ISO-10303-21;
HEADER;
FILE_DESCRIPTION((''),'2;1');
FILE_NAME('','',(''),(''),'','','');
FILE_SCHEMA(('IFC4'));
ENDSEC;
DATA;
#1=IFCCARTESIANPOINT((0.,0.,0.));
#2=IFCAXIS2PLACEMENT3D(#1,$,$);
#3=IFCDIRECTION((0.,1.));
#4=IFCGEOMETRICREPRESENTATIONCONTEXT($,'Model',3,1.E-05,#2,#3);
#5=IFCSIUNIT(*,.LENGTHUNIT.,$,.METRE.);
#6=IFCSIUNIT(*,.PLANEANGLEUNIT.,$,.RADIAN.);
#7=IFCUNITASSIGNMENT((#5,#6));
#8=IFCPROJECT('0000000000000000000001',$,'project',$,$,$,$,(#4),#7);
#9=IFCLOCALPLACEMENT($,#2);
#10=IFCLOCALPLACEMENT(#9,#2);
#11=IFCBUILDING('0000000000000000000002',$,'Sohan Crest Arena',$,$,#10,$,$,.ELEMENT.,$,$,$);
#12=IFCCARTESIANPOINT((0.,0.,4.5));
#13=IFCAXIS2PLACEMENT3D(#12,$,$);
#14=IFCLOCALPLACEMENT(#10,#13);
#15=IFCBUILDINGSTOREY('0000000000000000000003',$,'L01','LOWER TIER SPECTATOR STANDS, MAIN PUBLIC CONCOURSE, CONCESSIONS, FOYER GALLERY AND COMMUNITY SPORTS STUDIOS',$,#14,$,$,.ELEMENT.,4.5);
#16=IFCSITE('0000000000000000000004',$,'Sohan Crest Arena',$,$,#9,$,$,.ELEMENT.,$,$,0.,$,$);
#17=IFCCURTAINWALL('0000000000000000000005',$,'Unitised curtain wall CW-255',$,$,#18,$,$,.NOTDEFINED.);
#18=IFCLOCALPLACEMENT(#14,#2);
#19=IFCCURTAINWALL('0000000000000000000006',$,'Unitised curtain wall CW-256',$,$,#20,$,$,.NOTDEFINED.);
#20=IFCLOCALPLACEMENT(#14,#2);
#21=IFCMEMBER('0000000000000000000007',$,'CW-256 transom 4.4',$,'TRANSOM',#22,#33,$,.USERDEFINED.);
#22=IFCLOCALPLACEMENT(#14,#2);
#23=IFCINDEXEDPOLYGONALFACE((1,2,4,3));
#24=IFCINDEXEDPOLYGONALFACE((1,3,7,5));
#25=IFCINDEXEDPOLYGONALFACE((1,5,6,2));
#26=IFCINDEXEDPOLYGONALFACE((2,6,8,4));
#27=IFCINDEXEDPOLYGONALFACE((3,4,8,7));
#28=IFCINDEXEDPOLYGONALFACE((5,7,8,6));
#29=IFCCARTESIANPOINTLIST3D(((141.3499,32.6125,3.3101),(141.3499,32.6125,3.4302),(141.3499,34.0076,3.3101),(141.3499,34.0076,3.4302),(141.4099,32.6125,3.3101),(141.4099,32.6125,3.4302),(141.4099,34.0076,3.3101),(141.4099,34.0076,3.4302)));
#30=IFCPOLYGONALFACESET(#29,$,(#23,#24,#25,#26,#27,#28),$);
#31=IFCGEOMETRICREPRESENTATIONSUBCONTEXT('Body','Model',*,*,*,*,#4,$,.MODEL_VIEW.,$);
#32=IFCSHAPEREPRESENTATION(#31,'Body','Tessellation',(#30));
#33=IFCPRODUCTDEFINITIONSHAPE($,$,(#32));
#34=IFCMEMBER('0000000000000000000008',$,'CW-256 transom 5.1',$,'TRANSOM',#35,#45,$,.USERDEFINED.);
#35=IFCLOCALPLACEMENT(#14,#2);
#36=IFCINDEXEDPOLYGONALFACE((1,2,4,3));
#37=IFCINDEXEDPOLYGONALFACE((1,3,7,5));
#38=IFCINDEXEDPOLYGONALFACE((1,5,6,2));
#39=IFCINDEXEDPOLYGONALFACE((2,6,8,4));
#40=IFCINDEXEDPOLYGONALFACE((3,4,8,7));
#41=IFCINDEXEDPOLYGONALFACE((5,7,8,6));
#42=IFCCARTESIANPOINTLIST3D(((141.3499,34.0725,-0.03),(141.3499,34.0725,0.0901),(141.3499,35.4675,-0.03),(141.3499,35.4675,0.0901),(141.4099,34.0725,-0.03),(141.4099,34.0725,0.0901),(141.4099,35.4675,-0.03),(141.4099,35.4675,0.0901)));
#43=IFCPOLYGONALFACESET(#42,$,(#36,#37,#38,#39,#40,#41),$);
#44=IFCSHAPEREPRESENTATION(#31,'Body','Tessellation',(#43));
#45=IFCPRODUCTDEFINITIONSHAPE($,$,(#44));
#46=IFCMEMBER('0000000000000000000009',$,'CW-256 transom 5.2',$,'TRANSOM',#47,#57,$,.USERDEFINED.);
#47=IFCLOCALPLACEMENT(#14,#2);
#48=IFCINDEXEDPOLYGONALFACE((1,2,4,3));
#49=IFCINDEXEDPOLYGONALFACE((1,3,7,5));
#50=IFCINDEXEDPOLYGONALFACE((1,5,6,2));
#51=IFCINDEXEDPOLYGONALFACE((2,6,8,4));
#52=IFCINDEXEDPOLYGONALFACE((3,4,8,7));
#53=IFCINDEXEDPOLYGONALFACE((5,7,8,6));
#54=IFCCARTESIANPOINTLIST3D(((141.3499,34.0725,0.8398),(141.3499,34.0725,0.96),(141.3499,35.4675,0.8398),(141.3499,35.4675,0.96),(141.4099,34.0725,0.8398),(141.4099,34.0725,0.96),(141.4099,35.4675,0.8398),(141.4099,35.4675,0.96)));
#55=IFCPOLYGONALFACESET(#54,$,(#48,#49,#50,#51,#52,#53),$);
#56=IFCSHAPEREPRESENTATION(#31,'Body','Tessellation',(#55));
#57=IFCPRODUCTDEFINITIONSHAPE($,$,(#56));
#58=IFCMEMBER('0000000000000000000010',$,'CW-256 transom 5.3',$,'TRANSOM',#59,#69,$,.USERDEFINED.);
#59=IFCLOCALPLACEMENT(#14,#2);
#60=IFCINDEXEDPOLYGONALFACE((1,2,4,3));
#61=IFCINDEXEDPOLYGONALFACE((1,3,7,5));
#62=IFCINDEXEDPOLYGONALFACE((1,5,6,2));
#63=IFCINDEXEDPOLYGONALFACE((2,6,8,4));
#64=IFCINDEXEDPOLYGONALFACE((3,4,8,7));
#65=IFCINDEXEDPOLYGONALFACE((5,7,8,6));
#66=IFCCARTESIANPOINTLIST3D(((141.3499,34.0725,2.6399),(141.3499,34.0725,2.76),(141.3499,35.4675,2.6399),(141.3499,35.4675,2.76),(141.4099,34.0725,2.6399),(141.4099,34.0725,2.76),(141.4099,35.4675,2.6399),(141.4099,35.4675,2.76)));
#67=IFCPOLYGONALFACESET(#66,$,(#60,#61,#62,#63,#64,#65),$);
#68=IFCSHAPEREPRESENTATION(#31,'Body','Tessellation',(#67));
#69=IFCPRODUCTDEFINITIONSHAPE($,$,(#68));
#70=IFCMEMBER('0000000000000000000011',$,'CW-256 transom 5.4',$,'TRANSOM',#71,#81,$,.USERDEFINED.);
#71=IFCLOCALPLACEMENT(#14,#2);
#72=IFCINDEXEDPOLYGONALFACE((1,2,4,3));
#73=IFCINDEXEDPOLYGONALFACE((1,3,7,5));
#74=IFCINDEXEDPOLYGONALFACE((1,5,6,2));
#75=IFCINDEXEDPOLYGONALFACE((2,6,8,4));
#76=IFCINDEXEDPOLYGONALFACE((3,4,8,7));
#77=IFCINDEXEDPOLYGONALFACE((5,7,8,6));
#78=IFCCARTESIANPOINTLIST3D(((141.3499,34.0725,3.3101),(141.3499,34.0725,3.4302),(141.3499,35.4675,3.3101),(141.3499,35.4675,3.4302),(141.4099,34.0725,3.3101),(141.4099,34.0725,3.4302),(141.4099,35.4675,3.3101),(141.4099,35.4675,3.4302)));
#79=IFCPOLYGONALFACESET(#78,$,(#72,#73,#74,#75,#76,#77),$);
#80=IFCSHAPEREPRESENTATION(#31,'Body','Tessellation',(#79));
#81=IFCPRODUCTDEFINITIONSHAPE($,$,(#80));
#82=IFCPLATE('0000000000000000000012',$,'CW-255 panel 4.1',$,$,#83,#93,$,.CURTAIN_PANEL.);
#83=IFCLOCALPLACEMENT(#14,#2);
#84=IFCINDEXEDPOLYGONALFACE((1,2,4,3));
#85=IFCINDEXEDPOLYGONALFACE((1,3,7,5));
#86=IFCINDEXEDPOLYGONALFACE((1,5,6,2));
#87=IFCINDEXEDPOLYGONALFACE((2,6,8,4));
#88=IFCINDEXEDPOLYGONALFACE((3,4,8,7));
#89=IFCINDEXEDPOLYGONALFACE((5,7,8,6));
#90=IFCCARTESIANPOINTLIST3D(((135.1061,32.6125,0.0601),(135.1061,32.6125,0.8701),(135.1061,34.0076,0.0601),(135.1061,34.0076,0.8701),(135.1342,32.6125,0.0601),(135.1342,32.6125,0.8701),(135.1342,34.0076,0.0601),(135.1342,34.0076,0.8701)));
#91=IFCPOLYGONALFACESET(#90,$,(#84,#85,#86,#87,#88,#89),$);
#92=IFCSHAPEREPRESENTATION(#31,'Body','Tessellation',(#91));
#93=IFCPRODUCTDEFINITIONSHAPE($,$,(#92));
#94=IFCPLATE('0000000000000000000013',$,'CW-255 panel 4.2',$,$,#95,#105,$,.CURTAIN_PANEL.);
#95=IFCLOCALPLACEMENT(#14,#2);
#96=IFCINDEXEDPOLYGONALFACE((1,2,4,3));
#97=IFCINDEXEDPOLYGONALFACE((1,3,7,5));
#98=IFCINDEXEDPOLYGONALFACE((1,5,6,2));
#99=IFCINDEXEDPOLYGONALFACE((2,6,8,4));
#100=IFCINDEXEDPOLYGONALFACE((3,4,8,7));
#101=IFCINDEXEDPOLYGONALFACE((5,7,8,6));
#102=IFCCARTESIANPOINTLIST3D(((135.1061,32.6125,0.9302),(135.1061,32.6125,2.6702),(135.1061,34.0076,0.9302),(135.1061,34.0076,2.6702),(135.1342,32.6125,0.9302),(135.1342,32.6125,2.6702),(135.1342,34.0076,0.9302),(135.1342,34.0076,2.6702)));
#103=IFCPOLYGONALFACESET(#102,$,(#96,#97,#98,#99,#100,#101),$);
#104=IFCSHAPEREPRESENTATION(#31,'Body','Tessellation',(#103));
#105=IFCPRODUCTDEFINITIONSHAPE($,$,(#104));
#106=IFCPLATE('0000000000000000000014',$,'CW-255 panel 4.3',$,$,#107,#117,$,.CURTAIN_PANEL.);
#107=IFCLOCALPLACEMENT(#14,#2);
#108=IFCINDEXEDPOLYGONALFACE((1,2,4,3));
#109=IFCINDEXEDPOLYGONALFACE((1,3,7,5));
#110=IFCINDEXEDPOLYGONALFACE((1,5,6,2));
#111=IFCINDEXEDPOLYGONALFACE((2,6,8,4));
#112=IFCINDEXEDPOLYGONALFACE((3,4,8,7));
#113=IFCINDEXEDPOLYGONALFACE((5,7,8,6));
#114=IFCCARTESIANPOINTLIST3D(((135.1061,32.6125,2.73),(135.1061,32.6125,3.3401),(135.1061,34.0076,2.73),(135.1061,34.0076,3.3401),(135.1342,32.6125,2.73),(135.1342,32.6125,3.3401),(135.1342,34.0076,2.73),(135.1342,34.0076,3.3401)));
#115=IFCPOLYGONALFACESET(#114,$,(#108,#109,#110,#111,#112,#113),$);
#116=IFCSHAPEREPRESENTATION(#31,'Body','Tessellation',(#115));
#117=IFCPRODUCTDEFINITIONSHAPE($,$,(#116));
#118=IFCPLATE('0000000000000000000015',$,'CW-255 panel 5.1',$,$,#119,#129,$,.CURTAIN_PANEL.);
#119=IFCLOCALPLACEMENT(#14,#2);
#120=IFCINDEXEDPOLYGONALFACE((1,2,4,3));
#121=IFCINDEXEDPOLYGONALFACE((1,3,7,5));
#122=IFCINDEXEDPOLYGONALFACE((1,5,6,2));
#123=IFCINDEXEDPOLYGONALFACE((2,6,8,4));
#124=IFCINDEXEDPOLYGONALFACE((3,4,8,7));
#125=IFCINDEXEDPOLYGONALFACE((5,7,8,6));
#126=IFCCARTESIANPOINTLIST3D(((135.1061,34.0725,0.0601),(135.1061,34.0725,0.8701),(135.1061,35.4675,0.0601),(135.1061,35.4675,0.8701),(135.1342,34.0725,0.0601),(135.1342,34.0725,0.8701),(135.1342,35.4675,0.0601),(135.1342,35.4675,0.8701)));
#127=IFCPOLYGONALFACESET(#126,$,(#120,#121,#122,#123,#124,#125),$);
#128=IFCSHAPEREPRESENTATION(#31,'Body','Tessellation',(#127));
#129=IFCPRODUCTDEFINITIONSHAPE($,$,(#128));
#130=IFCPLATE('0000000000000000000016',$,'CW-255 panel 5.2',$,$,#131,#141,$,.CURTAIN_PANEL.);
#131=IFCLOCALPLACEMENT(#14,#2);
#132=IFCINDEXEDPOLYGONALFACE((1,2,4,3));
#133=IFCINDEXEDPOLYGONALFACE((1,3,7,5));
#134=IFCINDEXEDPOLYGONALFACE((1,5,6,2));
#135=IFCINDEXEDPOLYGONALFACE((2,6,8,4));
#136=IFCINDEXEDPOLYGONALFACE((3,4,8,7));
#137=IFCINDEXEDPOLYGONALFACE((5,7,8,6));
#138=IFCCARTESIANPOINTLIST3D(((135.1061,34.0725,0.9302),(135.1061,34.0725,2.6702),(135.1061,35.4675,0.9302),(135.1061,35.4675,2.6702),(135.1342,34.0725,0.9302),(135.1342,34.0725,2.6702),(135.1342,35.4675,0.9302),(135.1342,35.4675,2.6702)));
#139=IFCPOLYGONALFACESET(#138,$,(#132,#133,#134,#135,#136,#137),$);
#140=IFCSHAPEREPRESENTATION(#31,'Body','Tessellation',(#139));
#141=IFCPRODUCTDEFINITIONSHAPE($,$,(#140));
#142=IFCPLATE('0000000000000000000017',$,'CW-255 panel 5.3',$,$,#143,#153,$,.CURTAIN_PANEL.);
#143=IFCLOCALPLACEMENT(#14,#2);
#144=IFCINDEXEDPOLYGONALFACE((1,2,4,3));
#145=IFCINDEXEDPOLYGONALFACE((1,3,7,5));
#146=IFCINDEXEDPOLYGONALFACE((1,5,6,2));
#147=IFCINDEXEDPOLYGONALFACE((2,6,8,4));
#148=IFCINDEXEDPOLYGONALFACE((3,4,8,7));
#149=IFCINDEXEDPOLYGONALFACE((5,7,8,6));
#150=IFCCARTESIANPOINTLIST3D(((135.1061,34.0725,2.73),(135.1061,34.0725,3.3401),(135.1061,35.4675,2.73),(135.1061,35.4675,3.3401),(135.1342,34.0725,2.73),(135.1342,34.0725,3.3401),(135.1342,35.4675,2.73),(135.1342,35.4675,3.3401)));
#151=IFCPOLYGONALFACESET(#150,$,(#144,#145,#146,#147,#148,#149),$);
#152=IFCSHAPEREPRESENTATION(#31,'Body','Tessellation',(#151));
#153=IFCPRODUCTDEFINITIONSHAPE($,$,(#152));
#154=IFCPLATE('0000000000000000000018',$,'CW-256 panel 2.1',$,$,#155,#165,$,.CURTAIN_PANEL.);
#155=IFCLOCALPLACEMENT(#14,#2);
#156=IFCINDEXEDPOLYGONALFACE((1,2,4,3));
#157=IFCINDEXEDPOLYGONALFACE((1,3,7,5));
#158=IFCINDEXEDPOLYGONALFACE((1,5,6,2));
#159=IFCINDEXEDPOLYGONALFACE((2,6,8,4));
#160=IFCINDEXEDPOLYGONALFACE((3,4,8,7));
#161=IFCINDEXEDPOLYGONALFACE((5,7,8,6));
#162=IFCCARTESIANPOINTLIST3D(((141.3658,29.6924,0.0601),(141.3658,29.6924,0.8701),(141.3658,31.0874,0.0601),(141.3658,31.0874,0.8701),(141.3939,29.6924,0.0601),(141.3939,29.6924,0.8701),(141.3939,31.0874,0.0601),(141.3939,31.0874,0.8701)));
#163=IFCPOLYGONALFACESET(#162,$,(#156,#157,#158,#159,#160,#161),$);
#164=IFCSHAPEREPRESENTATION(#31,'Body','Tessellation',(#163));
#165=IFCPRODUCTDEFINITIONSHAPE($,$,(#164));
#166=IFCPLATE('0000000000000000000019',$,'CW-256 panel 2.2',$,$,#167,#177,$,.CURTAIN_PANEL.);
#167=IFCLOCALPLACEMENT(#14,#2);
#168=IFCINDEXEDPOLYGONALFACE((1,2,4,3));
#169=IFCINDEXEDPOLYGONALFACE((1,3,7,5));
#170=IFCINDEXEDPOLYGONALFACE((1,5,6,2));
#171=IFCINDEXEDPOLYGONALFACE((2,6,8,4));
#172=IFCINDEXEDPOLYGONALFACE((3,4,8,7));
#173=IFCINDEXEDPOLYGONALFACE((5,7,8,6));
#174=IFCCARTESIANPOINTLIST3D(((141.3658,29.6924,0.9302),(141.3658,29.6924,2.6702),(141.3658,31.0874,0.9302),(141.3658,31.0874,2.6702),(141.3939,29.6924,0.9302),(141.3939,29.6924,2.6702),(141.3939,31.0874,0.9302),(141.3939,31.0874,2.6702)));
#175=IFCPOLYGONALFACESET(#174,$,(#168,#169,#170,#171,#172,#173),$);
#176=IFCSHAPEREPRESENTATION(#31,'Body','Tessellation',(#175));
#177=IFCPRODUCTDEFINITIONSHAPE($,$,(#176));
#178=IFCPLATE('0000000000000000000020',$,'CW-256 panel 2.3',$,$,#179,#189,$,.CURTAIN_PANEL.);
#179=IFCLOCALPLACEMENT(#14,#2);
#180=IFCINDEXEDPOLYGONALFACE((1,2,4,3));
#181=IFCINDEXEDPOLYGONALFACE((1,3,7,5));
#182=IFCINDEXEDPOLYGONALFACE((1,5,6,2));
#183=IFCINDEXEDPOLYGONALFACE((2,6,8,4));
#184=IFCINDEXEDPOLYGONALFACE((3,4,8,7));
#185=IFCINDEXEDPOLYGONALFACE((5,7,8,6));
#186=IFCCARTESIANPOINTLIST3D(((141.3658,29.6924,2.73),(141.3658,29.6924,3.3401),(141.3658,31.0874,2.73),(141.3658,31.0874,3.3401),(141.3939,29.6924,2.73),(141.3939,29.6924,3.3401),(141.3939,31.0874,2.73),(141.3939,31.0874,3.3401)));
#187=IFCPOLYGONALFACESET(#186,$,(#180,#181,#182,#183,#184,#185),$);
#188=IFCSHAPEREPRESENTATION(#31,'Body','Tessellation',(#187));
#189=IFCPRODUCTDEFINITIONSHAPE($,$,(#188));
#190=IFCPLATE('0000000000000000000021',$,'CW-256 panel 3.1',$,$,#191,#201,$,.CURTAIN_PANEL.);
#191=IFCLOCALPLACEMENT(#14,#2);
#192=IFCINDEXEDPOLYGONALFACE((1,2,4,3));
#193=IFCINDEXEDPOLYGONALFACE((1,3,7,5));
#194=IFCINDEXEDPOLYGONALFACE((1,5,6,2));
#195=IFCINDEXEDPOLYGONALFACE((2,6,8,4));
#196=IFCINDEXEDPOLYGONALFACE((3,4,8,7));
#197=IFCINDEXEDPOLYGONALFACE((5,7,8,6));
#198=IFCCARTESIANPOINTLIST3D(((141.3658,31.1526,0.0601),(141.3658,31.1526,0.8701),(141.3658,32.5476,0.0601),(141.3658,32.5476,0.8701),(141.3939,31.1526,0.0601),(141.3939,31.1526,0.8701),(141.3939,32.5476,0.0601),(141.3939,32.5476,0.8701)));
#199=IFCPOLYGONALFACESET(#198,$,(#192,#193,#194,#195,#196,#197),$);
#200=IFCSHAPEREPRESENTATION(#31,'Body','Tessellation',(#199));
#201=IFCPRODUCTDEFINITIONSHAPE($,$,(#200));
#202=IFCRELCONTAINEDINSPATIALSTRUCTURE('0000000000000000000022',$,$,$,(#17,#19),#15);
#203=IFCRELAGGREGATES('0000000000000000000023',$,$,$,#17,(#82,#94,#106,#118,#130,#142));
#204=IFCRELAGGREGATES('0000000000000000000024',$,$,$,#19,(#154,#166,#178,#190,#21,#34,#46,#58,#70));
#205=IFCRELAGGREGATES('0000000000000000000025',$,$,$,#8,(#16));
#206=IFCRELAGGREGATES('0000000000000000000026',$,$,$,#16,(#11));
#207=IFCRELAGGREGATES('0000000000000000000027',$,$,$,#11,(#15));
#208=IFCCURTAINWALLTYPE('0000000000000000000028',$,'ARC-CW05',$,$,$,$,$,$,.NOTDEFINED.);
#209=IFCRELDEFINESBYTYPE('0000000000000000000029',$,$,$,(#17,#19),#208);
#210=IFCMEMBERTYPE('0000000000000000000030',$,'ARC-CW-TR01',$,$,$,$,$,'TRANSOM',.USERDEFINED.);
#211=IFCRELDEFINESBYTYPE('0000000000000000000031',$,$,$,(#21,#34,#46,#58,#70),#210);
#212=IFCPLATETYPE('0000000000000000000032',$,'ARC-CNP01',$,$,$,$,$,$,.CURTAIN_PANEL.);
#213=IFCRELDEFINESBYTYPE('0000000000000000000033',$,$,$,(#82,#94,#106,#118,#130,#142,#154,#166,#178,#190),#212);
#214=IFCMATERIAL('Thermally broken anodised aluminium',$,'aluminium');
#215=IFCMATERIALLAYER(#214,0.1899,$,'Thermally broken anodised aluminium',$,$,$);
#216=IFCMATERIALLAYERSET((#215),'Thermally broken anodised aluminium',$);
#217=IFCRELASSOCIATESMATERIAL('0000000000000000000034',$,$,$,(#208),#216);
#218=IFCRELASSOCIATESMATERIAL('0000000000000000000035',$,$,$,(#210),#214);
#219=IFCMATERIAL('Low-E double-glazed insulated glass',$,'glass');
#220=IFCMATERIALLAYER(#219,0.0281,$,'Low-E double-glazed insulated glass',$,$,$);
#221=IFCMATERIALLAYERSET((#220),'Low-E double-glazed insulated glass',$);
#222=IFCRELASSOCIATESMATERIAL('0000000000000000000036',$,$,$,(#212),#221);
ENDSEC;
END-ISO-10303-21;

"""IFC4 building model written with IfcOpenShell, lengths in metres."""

from ifc_helpers import new_model, si_unit, direction, frame, origin, origin_2d, place, context, subcontext, project, spatial, rectangle, extrude, material, layer, layer_set, material_profile, profile_set, type_object, element, aggregate, save


model = new_model("IFC4")

# Units and contexts
model_context = context("Model", 3, precision=1e-05, world=origin(), true_north=direction((0.0, 1.0)))
body_context = subcontext(model_context, "Body", "Model", "MODEL_VIEW")
ifc_project = project(units=[si_unit("LENGTHUNIT", "METRE"), si_unit("PLANEANGLEUNIT", "RADIAN")], contexts=[model_context])

# Site, building, storey
site_placement = place(None, origin())
site = spatial("IfcSite", under=ifc_project, at=site_placement, Name="Sohan Crest Arena", CompositionType="ELEMENT", RefElevation=0.0)
building_placement = place(site_placement, origin())
building = spatial("IfcBuilding", under=site, at=building_placement, Name="Sohan Crest Arena", CompositionType="ELEMENT")
storey_placement = place(building_placement, frame((0.0, 0.0, 4.5)))
storey = spatial("IfcBuildingStorey", under=building, at=storey_placement, Name="L01", Description="LOWER TIER SPECTATOR STANDS, MAIN PUBLIC CONCOURSE, CONCESSIONS, FOYER GALLERY AND COMMUNITY SPORTS STUDIOS", CompositionType="ELEMENT", Elevation=4.5)

# Curtain wall
ifc_material_1 = material(Name="Thermally broken anodised aluminium", Category="aluminium")
ifc_layer_1 = layer(ifc_material_1, 0.1899, Name="Thermally broken anodised aluminium")
ifc_layer_set_1 = layer_set([ifc_layer_1], Name="Thermally broken anodised aluminium")
curtain_wall_type = type_object("IfcCurtainWallType", Name="ARC-CW05", PredefinedType="NOTDEFINED", material=ifc_layer_set_1)
curtain_wall_1_placement = place(storey_placement, origin())
curtain_wall_1 = element("IfcCurtainWall", 1, at=curtain_wall_1_placement, inside=storey, type_object=curtain_wall_type, Name="Unitised curtain wall CW-255", PredefinedType="NOTDEFINED")

# Curtain wall
curtain_wall_2_placement = place(storey_placement, origin())
curtain_wall_2 = element("IfcCurtainWall", 2, at=curtain_wall_2_placement, inside=storey, type_object=curtain_wall_type, Name="Unitised curtain wall CW-256", PredefinedType="NOTDEFINED")

# Members
ifc_material_profile_1 = material_profile(ifc_material_1, rectangle(XDim=0.0601, YDim=0.1201, at=origin_2d()), Name="ALU-TRAN 60x120")
ifc_profile_set_1 = profile_set([ifc_material_profile_1], Name="Thermally broken anodised aluminium")
member_type_1 = type_object("IfcMemberType", Name="ARC-CW-TR01", ElementType="TRANSOM", PredefinedType="USERDEFINED", material=ifc_profile_set_1)
member_1_placement = place(storey_placement, frame((141.3799, 32.6125, 3.3701), z_axis=(0.0, 1.0, 0.0), x_axis=(-1.0, 0.0, 0.0)))
member_1 = element("IfcMember", 3, at=member_1_placement, type_object=member_type_1, Name="CW-256 transom 4.4", ObjectType="TRANSOM", PredefinedType="USERDEFINED", context=body_context, shape_type="SweptSolid", body=[
    extrude(rectangle(XDim=0.0601, YDim=0.1201, at=origin_2d()), origin(), (0.0, 0.0, 1.0), 1.395),
])
member_2_placement = place(storey_placement, frame((141.3799, 34.0725, 0.03), z_axis=(0.0, 1.0, 0.0), x_axis=(-1.0, 0.0, 0.0)))
member_2 = element("IfcMember", 4, at=member_2_placement, type_object=member_type_1, Name="CW-256 transom 5.1", ObjectType="TRANSOM", PredefinedType="USERDEFINED", context=body_context, shape_type="SweptSolid", body=[
    extrude(rectangle(XDim=0.0601, YDim=0.1201, at=origin_2d()), origin(), (0.0, 0.0, 1.0), 1.395),
])
member_3_placement = place(storey_placement, frame((141.3799, 34.0725, 0.8999), z_axis=(0.0, 1.0, 0.0), x_axis=(-1.0, 0.0, 0.0)))
member_3 = element("IfcMember", 5, at=member_3_placement, type_object=member_type_1, Name="CW-256 transom 5.2", ObjectType="TRANSOM", PredefinedType="USERDEFINED", context=body_context, shape_type="SweptSolid", body=[
    extrude(rectangle(XDim=0.0601, YDim=0.1201, at=origin_2d()), origin(), (0.0, 0.0, 1.0), 1.395),
])
member_4_placement = place(storey_placement, frame((141.3799, 34.0725, 2.7), z_axis=(0.0, 1.0, 0.0), x_axis=(-1.0, 0.0, 0.0)))
member_4 = element("IfcMember", 6, at=member_4_placement, type_object=member_type_1, Name="CW-256 transom 5.3", ObjectType="TRANSOM", PredefinedType="USERDEFINED", context=body_context, shape_type="SweptSolid", body=[
    extrude(rectangle(XDim=0.0601, YDim=0.1201, at=origin_2d()), origin(), (0.0, 0.0, 1.0), 1.395),
])
member_5_placement = place(storey_placement, frame((141.3799, 34.0725, 3.3701), z_axis=(0.0, 1.0, 0.0), x_axis=(-1.0, 0.0, 0.0)))
member_5 = element("IfcMember", 7, at=member_5_placement, type_object=member_type_1, Name="CW-256 transom 5.4", ObjectType="TRANSOM", PredefinedType="USERDEFINED", context=body_context, shape_type="SweptSolid", body=[
    extrude(rectangle(XDim=0.0601, YDim=0.1201, at=origin_2d()), origin(), (0.0, 0.0, 1.0), 1.395),
])

# Plates
ifc_material_2 = material(Name="Low-E double-glazed insulated glass", Category="glass")
ifc_layer_2 = layer(ifc_material_2, 0.0281, Name="Low-E double-glazed insulated glass")
ifc_layer_set_2 = layer_set([ifc_layer_2], Name="Low-E double-glazed insulated glass")
plate_type = type_object("IfcPlateType", Name="ARC-CNP01", PredefinedType="CURTAIN_PANEL", material=ifc_layer_set_2)
plate_1_placement = place(storey_placement, frame((135.1201, 33.3101, 0.0601), z_axis=(0.0, 0.0, 1.0), x_axis=(0.0, 1.0, 0.0)))
plate_1 = element("IfcPlate", 8, at=plate_1_placement, type_object=plate_type, Name="CW-255 panel 4.1", PredefinedType="CURTAIN_PANEL", context=body_context, shape_type="SweptSolid", body=[
    extrude(rectangle(XDim=1.395, YDim=0.0281, at=origin_2d()), origin(), (0.0, 0.0, 1.0), 0.8101),
])
plate_2_placement = place(storey_placement, frame((135.1201, 33.3101, 0.9302), z_axis=(0.0, 0.0, 1.0), x_axis=(0.0, 1.0, 0.0)))
plate_2 = element("IfcPlate", 9, at=plate_2_placement, type_object=plate_type, Name="CW-255 panel 4.2", PredefinedType="CURTAIN_PANEL", context=body_context, shape_type="SweptSolid", body=[
    extrude(rectangle(XDim=1.395, YDim=0.0281, at=origin_2d()), origin(), (0.0, 0.0, 1.0), 1.74),
])
plate_3_placement = place(storey_placement, frame((135.1201, 33.3101, 2.73), z_axis=(0.0, 0.0, 1.0), x_axis=(0.0, 1.0, 0.0)))
plate_3 = element("IfcPlate", 10, at=plate_3_placement, type_object=plate_type, Name="CW-255 panel 4.3", PredefinedType="CURTAIN_PANEL", context=body_context, shape_type="SweptSolid", body=[
    extrude(rectangle(XDim=1.395, YDim=0.0281, at=origin_2d()), origin(), (0.0, 0.0, 1.0), 0.6101),
])
plate_4_placement = place(storey_placement, frame((135.1201, 34.77, 0.0601), z_axis=(0.0, 0.0, 1.0), x_axis=(0.0, 1.0, 0.0)))
plate_4 = element("IfcPlate", 11, at=plate_4_placement, type_object=plate_type, Name="CW-255 panel 5.1", PredefinedType="CURTAIN_PANEL", context=body_context, shape_type="SweptSolid", body=[
    extrude(rectangle(XDim=1.395, YDim=0.0281, at=origin_2d()), origin(), (0.0, 0.0, 1.0), 0.8101),
])
plate_5_placement = place(storey_placement, frame((135.1201, 34.77, 0.9302), z_axis=(0.0, 0.0, 1.0), x_axis=(0.0, 1.0, 0.0)))
plate_5 = element("IfcPlate", 12, at=plate_5_placement, type_object=plate_type, Name="CW-255 panel 5.2", PredefinedType="CURTAIN_PANEL", context=body_context, shape_type="SweptSolid", body=[
    extrude(rectangle(XDim=1.395, YDim=0.0281, at=origin_2d()), origin(), (0.0, 0.0, 1.0), 1.74),
])
plate_6_placement = place(storey_placement, frame((135.1201, 34.77, 2.73), z_axis=(0.0, 0.0, 1.0), x_axis=(0.0, 1.0, 0.0)))
plate_6 = element("IfcPlate", 13, at=plate_6_placement, type_object=plate_type, Name="CW-255 panel 5.3", PredefinedType="CURTAIN_PANEL", context=body_context, shape_type="SweptSolid", body=[
    extrude(rectangle(XDim=1.395, YDim=0.0281, at=origin_2d()), origin(), (0.0, 0.0, 1.0), 0.6101),
])
aggregate(curtain_wall_1, [plate_1, plate_2, plate_3, plate_4, plate_5, plate_6])
plate_7_placement = place(storey_placement, frame((141.3799, 30.3899, 0.0601), z_axis=(0.0, 0.0, 1.0), x_axis=(0.0, 1.0, 0.0)))
plate_7 = element("IfcPlate", 14, at=plate_7_placement, type_object=plate_type, Name="CW-256 panel 2.1", PredefinedType="CURTAIN_PANEL", context=body_context, shape_type="SweptSolid", body=[
    extrude(rectangle(XDim=1.395, YDim=0.0281, at=origin_2d()), origin(), (0.0, 0.0, 1.0), 0.8101),
])
plate_8_placement = place(storey_placement, frame((141.3799, 30.3899, 0.9302), z_axis=(0.0, 0.0, 1.0), x_axis=(0.0, 1.0, 0.0)))
plate_8 = element("IfcPlate", 15, at=plate_8_placement, type_object=plate_type, Name="CW-256 panel 2.2", PredefinedType="CURTAIN_PANEL", context=body_context, shape_type="SweptSolid", body=[
    extrude(rectangle(XDim=1.395, YDim=0.0281, at=origin_2d()), origin(), (0.0, 0.0, 1.0), 1.74),
])
plate_9_placement = place(storey_placement, frame((141.3799, 30.3899, 2.73), z_axis=(0.0, 0.0, 1.0), x_axis=(0.0, 1.0, 0.0)))
plate_9 = element("IfcPlate", 16, at=plate_9_placement, type_object=plate_type, Name="CW-256 panel 2.3", PredefinedType="CURTAIN_PANEL", context=body_context, shape_type="SweptSolid", body=[
    extrude(rectangle(XDim=1.395, YDim=0.0281, at=origin_2d()), origin(), (0.0, 0.0, 1.0), 0.6101),
])
plate_10_placement = place(storey_placement, frame((141.3799, 31.8501, 0.0601), z_axis=(0.0, 0.0, 1.0), x_axis=(0.0, 1.0, 0.0)))
plate_10 = element("IfcPlate", 17, at=plate_10_placement, type_object=plate_type, Name="CW-256 panel 3.1", PredefinedType="CURTAIN_PANEL", context=body_context, shape_type="SweptSolid", body=[
    extrude(rectangle(XDim=1.395, YDim=0.0281, at=origin_2d()), origin(), (0.0, 0.0, 1.0), 0.8101),
])
aggregate(curtain_wall_2, [plate_7, plate_8, plate_9, plate_10, member_1, member_2, member_3, member_4, member_5])

save(model, "model.ifc")
